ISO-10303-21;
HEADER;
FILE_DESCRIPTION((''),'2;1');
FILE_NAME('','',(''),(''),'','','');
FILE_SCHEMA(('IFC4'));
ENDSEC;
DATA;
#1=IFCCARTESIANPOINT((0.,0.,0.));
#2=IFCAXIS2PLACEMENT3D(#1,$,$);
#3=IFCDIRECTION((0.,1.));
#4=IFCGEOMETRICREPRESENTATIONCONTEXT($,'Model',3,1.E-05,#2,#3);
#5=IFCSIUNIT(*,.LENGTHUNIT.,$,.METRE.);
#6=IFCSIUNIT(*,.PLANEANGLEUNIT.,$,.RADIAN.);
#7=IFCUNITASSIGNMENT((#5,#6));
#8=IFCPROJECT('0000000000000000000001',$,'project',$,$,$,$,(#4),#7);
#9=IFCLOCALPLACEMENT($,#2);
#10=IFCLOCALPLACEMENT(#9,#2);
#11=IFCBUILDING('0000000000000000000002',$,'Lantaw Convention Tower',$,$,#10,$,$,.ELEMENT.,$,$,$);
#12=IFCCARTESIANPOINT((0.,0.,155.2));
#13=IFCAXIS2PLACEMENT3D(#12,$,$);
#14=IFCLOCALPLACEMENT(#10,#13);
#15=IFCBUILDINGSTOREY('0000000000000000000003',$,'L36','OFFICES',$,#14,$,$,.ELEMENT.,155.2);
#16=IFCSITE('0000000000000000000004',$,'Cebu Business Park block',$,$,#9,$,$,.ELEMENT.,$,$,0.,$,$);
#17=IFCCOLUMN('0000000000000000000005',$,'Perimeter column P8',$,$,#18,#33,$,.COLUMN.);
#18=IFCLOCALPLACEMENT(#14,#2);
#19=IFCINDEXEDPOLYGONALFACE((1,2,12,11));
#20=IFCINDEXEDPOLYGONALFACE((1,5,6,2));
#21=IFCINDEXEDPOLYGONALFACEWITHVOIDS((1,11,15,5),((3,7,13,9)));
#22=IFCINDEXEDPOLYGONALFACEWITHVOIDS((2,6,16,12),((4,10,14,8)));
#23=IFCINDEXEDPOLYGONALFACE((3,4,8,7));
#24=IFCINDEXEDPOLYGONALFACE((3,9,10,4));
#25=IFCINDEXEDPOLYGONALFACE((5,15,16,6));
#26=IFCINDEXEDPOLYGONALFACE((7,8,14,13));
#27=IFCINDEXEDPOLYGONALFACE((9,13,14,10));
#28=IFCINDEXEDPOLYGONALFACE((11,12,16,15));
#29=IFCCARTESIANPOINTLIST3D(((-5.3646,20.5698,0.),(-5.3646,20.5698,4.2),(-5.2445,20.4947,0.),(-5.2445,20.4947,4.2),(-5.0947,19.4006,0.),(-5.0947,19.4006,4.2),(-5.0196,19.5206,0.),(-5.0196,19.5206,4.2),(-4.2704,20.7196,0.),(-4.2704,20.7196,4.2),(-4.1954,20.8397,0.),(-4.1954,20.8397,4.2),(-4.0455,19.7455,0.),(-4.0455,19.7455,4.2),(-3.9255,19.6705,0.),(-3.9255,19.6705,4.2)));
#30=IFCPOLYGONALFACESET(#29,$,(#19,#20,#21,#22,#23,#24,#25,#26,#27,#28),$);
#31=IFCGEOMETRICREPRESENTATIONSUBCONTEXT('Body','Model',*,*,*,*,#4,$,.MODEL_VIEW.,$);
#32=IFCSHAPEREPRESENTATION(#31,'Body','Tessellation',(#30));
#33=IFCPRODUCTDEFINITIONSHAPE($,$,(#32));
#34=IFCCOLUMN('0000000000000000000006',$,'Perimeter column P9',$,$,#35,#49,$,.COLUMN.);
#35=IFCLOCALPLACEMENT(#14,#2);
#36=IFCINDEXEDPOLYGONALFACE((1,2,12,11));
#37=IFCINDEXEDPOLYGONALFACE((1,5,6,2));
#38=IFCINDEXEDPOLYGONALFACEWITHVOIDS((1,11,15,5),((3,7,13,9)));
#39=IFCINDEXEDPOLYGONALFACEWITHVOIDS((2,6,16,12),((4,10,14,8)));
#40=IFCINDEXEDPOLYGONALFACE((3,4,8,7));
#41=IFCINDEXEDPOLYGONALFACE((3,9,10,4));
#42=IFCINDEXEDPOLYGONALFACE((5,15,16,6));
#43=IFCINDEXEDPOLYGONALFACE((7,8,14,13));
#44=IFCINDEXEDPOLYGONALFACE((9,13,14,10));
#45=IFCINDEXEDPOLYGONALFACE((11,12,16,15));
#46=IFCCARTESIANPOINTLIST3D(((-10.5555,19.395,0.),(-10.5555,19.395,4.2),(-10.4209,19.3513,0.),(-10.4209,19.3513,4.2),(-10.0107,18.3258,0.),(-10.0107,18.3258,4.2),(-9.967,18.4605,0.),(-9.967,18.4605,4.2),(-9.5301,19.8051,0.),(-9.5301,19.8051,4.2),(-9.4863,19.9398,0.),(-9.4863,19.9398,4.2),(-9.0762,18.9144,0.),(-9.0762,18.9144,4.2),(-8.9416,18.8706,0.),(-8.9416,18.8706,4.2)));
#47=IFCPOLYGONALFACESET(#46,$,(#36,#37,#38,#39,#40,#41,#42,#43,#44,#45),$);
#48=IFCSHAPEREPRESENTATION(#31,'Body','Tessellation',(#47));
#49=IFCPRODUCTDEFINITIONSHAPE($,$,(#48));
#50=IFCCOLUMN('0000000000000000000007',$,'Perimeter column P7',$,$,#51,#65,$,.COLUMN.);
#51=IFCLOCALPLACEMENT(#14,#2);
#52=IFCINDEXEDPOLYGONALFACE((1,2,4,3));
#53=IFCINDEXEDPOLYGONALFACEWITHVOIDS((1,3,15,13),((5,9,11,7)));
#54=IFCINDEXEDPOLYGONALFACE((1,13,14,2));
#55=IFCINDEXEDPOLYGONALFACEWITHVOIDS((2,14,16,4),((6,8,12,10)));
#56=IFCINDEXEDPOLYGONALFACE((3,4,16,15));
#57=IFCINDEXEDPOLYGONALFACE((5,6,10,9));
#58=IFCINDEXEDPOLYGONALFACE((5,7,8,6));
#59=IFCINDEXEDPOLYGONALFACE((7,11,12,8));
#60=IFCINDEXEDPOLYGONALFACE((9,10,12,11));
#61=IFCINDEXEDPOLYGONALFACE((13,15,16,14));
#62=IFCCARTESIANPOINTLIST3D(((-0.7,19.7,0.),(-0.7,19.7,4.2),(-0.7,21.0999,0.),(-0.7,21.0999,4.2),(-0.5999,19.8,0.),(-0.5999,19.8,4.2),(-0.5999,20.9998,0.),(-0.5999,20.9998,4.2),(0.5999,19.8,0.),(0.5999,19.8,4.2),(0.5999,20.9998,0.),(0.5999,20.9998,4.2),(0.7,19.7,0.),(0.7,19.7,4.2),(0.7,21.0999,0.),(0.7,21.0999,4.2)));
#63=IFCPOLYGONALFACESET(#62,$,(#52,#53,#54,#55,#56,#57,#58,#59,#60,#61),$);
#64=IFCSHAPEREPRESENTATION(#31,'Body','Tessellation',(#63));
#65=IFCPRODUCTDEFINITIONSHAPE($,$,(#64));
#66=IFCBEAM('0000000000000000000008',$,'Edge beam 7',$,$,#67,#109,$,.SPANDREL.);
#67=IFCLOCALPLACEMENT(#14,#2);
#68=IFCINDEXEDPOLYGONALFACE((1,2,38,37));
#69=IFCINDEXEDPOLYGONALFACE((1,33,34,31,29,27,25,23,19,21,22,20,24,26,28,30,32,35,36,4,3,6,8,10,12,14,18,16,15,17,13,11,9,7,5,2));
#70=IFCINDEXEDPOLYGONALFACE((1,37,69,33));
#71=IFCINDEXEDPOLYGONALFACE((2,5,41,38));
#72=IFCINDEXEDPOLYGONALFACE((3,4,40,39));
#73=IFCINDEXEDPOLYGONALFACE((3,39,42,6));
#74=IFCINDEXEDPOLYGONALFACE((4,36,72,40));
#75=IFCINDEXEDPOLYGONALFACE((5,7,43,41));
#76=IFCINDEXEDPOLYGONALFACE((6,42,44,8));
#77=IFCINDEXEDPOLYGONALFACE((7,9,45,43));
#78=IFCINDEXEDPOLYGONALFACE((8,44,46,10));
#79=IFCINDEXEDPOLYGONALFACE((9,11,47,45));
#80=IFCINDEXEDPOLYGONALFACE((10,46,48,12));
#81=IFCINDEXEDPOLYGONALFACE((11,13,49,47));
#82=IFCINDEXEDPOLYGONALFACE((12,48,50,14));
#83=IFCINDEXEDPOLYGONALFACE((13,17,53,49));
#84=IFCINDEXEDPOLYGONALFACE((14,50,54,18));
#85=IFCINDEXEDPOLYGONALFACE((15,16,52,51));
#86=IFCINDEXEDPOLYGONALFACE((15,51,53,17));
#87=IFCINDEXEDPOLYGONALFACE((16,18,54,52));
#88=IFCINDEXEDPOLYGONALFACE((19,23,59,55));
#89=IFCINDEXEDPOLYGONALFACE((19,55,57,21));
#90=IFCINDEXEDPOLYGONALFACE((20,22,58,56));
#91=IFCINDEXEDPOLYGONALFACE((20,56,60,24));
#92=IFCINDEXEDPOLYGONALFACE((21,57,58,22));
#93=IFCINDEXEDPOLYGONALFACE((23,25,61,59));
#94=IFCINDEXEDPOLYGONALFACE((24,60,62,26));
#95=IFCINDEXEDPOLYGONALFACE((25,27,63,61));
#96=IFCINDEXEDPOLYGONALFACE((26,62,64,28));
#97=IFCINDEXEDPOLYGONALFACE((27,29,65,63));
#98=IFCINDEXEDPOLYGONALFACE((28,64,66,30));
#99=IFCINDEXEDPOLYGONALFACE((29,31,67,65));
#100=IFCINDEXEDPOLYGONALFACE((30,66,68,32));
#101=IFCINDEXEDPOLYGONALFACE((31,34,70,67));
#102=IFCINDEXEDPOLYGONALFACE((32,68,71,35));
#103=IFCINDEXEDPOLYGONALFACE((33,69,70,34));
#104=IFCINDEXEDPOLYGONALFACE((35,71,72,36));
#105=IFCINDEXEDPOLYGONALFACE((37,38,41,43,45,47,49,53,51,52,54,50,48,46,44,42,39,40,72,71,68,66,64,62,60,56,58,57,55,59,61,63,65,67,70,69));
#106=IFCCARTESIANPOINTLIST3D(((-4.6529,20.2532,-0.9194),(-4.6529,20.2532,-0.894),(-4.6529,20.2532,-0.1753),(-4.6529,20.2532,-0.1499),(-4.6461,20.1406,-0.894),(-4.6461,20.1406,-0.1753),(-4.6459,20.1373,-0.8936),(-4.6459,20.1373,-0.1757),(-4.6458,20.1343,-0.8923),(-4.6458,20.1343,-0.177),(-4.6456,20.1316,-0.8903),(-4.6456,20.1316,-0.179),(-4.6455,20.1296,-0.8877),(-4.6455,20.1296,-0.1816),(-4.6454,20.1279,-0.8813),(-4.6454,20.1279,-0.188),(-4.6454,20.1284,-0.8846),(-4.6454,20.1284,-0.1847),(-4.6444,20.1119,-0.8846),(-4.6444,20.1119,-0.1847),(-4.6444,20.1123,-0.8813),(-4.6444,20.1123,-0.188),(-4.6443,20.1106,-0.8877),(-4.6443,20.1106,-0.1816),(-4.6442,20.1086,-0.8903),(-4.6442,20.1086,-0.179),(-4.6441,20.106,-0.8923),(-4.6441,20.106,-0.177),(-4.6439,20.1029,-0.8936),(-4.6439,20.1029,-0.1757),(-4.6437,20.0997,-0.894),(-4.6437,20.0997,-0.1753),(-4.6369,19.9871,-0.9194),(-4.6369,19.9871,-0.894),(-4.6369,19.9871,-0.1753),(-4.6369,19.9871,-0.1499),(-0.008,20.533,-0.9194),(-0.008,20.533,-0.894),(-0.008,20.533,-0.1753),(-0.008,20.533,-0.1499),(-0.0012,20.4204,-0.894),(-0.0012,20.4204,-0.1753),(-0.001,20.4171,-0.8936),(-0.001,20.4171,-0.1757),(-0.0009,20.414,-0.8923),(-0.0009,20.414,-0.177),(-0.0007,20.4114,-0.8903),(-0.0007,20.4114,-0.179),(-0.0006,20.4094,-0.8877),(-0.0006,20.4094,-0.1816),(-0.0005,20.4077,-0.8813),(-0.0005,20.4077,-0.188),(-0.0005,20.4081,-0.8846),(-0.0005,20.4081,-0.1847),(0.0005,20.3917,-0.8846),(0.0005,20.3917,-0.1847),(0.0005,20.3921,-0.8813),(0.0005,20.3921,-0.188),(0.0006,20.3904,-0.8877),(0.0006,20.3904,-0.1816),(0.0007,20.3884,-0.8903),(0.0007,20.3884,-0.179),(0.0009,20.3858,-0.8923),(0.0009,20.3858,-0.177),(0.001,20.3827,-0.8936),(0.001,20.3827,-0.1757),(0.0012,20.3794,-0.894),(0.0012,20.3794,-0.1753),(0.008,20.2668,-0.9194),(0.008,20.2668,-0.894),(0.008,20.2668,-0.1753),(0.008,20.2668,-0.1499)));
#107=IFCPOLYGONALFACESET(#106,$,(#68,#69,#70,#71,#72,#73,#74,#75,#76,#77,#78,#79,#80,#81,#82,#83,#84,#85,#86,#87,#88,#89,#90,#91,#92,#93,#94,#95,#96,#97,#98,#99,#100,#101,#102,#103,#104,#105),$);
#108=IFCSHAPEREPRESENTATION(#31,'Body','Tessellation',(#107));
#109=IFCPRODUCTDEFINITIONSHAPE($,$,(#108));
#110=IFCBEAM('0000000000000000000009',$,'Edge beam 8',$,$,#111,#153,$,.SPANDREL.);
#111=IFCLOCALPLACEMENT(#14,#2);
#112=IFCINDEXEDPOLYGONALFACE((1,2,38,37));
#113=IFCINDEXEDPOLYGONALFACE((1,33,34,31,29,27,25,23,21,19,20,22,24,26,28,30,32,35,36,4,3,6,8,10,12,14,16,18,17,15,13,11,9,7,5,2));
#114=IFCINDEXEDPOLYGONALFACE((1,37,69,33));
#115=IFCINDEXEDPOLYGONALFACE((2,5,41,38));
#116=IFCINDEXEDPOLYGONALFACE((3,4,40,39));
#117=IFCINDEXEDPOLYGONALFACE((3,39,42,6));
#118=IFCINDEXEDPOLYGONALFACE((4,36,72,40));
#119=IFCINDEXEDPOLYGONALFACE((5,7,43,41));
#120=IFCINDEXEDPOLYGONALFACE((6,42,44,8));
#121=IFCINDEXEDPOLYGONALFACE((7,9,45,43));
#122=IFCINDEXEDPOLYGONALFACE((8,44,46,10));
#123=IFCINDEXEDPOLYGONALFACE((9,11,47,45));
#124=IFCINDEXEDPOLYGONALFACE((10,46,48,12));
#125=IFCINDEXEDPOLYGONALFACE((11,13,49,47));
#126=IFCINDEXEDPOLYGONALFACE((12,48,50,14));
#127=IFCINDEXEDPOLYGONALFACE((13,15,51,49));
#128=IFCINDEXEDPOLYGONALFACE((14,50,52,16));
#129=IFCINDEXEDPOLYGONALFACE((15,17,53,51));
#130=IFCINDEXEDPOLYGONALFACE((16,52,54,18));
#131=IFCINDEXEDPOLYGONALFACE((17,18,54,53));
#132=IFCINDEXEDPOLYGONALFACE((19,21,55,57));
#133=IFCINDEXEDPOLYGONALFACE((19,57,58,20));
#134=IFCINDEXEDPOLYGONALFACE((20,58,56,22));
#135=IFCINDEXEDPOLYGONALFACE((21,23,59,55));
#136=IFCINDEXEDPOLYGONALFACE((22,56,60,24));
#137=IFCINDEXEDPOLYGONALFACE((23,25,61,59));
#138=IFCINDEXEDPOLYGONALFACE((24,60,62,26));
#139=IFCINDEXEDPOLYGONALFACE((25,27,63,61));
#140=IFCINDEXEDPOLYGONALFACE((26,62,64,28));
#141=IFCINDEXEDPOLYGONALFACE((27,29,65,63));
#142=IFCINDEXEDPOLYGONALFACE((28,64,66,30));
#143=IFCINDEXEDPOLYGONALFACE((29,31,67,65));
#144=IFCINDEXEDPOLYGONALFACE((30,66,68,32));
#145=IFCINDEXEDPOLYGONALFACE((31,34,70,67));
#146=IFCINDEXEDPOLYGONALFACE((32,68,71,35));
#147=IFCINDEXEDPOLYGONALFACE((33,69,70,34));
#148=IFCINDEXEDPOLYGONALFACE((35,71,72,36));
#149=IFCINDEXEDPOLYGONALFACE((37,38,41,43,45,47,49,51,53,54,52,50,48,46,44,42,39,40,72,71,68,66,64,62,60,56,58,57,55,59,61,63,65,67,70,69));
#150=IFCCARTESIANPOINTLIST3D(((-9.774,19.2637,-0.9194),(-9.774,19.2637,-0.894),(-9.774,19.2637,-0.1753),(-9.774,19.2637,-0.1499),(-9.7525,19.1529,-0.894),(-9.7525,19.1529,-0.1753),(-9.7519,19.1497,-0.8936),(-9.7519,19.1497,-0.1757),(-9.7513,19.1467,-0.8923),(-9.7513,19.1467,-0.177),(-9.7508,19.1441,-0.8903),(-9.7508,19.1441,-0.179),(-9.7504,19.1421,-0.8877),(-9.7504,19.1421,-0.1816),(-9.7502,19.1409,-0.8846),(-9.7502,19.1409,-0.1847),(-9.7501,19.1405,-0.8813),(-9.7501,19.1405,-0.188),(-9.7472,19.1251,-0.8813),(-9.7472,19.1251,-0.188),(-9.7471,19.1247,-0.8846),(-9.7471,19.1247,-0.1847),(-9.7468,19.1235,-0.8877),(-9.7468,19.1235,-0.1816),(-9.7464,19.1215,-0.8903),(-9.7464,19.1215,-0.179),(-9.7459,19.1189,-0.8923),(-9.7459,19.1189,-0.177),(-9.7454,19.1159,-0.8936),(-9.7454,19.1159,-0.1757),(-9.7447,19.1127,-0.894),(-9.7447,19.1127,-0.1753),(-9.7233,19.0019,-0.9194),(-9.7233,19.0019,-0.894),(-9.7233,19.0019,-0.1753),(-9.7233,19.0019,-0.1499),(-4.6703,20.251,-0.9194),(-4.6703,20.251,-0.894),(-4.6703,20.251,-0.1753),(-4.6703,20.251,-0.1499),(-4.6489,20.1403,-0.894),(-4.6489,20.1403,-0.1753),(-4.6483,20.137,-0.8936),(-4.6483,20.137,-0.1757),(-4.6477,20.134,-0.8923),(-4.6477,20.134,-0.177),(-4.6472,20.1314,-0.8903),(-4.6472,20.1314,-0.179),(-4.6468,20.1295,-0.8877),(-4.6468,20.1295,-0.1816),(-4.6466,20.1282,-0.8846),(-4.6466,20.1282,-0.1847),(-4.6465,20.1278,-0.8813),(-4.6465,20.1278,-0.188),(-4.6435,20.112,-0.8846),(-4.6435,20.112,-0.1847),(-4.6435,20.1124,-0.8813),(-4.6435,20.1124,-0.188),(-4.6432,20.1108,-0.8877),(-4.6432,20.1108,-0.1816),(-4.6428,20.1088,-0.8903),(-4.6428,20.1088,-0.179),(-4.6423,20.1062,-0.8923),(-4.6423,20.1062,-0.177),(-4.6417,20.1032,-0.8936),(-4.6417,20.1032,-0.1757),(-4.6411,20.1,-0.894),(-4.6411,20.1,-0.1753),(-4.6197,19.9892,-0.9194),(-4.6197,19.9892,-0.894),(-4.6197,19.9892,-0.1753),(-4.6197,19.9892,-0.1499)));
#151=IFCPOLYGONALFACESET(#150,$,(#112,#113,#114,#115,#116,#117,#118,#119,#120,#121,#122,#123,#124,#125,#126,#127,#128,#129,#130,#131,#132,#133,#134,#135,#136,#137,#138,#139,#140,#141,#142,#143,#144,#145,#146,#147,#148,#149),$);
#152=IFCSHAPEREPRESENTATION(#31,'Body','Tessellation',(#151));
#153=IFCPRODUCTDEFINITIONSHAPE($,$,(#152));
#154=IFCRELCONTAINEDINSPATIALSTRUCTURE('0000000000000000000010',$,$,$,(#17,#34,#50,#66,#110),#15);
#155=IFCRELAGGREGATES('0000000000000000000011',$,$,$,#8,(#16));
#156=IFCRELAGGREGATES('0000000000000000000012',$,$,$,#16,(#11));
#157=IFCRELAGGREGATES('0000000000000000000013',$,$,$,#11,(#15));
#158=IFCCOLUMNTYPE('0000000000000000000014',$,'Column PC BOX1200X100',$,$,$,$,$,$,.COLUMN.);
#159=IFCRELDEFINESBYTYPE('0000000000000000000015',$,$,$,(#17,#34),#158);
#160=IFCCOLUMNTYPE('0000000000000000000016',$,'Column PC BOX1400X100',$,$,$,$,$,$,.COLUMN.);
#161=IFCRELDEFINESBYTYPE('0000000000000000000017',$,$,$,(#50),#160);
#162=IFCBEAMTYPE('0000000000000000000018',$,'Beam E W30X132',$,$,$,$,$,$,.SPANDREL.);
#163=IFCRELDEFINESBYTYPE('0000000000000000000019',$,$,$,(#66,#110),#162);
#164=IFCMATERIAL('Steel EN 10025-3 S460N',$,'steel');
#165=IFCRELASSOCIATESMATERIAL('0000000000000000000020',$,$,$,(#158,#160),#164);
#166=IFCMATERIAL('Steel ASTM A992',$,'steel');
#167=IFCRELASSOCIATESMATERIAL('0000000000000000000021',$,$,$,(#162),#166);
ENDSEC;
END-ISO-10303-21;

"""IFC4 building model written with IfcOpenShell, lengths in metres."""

from ifc_helpers import new_model, si_unit, direction, frame, origin, origin_2d, place, context, subcontext, project, spatial, rectangle, hollow_rectangle, i_section, extrude, material, material_profile, profile_set, type_object, element, save


model = new_model("IFC4")

# Units and contexts
model_context = context("Model", 3, precision=1e-05, world=origin(), true_north=direction((0.0, 1.0)))
body_context = subcontext(model_context, "Body", "Model", "MODEL_VIEW")
ifc_project = project(units=[si_unit("LENGTHUNIT", "METRE"), si_unit("PLANEANGLEUNIT", "RADIAN")], contexts=[model_context])

# Site, building, storey
site_placement = place(None, origin())
site = spatial("IfcSite", under=ifc_project, at=site_placement, Name="Cebu Business Park block", CompositionType="ELEMENT", RefElevation=0.0)
building_placement = place(site_placement, origin())
building = spatial("IfcBuilding", under=site, at=building_placement, Name="Lantaw Convention Tower", CompositionType="ELEMENT")
storey_placement = place(building_placement, frame((0.0, 0.0, 155.2)))
storey = spatial("IfcBuildingStorey", under=building, at=storey_placement, Name="L36", Description="OFFICES", CompositionType="ELEMENT", Elevation=155.2)

# Columns
ifc_material_1 = material(Name="Steel EN 10025-3 S460N", Category="steel")
ifc_material_profile_1 = material_profile(ifc_material_1, hollow_rectangle(XDim=1.2, YDim=1.2, WallThickness=0.1001, at=origin_2d()), Name="BOX1200X100")
ifc_material_2 = material(Name="Concrete C60/75", Category="concrete")
ifc_material_profile_2 = material_profile(ifc_material_2, rectangle(XDim=1.0, YDim=1.0, at=origin_2d()), Name="Concrete fill of BOX1200X100")
ifc_profile_set_1 = profile_set([ifc_material_profile_1, ifc_material_profile_2], Name="Steel EN 10025-3 S460N")
column_type_1 = type_object("IfcColumnType", Name="Column PC BOX1200X100", PredefinedType="COLUMN", material=ifc_profile_set_1)
for number, where, z_axis, x_axis, name in (
    (1, (-4.645, 20.1201, 0.0), (0.0, 0.0, 1.0), (0.97437, 0.224951, 0.0), "Perimeter column P8"),
    (2, (-9.7485, 19.1328, 0.0), (0.0, 0.0, 1.0), (0.891007, 0.45399, 0.0), "Perimeter column P9"),
):
    element("IfcColumn", number, at=place(storey_placement, frame(where, z_axis=z_axis, x_axis=x_axis)), inside=storey, type_object=column_type_1, Name=name, PredefinedType="COLUMN", context=body_context, shape_type="SweptSolid", body=[
        extrude(hollow_rectangle(XDim=1.2, YDim=1.2, WallThickness=0.1001, at=origin_2d()), origin(), (0.0, 0.0, 1.0), 4.2),
    ])
ifc_material_profile_3 = material_profile(ifc_material_1, hollow_rectangle(XDim=1.3999, YDim=1.3999, WallThickness=0.1001, at=origin_2d()), Name="BOX1400X100")
ifc_material_profile_4 = material_profile(ifc_material_2, rectangle(XDim=1.2, YDim=1.2, at=origin_2d()), Name="Concrete fill of BOX1400X100")
ifc_profile_set_2 = profile_set([ifc_material_profile_3, ifc_material_profile_4], Name="Steel EN 10025-3 S460N")
column_type_2 = type_object("IfcColumnType", Name="Column PC BOX1400X100", PredefinedType="COLUMN", material=ifc_profile_set_2)
column_placement = place(storey_placement, frame((0.0, 20.3999, 0.0), z_axis=(0.0, 0.0, 1.0), x_axis=(1.0, 0.0, 0.0)))
element("IfcColumn", 3, at=column_placement, inside=storey, type_object=column_type_2, Name="Perimeter column P7", PredefinedType="COLUMN", context=body_context, shape_type="SweptSolid", body=[
    extrude(hollow_rectangle(XDim=1.3999, YDim=1.3999, WallThickness=0.1001, at=origin_2d()), origin(), (0.0, 0.0, 1.0), 4.2),
])

# Beams
ifc_material_3 = material(Name="Steel ASTM A992", Category="steel")
ifc_material_profile_5 = material_profile(ifc_material_3, i_section(OverallWidth=0.2666, OverallDepth=0.7695, WebThickness=0.0156, FlangeThickness=0.0254, FilletRadius=0.0127, at=origin_2d()), Name="W30X132")
ifc_profile_set_3 = profile_set([ifc_material_profile_5], Name="Steel ASTM A992")
beam_type = type_object("IfcBeamType", Name="Beam E W30X132", PredefinedType="SPANDREL", material=ifc_profile_set_3)
beam_1_placement = place(storey_placement, frame((0.0, 20.3999, -0.5347), z_axis=(-0.998191, -0.060124, 0.0), x_axis=(0.060124, -0.998191, 0.0)))
element("IfcBeam", 4, at=beam_1_placement, inside=storey, type_object=beam_type, Name="Edge beam 7", PredefinedType="SPANDREL", context=body_context, shape_type="SweptSolid", body=[
    extrude(i_section(OverallWidth=0.2666, OverallDepth=0.7695, WebThickness=0.0156, FlangeThickness=0.0254, FilletRadius=0.0127, at=origin_2d()), origin(), (0.0, 0.0, 1.0), 4.6533),
])
beam_2_placement = place(storey_placement, frame((-4.645, 20.1201, -0.5347), z_axis=(-0.981797, -0.189934, 0.0), x_axis=(0.189934, -0.981797, 0.0)))
element("IfcBeam", 5, at=beam_2_placement, inside=storey, type_object=beam_type, Name="Edge beam 8", PredefinedType="SPANDREL", context=body_context, shape_type="SweptSolid", body=[
    extrude(i_section(OverallWidth=0.2666, OverallDepth=0.7695, WebThickness=0.0156, FlangeThickness=0.0254, FilletRadius=0.0127, at=origin_2d()), origin(), (0.0, 0.0, 1.0), 5.1982),
])

save(model, "model.ifc")
